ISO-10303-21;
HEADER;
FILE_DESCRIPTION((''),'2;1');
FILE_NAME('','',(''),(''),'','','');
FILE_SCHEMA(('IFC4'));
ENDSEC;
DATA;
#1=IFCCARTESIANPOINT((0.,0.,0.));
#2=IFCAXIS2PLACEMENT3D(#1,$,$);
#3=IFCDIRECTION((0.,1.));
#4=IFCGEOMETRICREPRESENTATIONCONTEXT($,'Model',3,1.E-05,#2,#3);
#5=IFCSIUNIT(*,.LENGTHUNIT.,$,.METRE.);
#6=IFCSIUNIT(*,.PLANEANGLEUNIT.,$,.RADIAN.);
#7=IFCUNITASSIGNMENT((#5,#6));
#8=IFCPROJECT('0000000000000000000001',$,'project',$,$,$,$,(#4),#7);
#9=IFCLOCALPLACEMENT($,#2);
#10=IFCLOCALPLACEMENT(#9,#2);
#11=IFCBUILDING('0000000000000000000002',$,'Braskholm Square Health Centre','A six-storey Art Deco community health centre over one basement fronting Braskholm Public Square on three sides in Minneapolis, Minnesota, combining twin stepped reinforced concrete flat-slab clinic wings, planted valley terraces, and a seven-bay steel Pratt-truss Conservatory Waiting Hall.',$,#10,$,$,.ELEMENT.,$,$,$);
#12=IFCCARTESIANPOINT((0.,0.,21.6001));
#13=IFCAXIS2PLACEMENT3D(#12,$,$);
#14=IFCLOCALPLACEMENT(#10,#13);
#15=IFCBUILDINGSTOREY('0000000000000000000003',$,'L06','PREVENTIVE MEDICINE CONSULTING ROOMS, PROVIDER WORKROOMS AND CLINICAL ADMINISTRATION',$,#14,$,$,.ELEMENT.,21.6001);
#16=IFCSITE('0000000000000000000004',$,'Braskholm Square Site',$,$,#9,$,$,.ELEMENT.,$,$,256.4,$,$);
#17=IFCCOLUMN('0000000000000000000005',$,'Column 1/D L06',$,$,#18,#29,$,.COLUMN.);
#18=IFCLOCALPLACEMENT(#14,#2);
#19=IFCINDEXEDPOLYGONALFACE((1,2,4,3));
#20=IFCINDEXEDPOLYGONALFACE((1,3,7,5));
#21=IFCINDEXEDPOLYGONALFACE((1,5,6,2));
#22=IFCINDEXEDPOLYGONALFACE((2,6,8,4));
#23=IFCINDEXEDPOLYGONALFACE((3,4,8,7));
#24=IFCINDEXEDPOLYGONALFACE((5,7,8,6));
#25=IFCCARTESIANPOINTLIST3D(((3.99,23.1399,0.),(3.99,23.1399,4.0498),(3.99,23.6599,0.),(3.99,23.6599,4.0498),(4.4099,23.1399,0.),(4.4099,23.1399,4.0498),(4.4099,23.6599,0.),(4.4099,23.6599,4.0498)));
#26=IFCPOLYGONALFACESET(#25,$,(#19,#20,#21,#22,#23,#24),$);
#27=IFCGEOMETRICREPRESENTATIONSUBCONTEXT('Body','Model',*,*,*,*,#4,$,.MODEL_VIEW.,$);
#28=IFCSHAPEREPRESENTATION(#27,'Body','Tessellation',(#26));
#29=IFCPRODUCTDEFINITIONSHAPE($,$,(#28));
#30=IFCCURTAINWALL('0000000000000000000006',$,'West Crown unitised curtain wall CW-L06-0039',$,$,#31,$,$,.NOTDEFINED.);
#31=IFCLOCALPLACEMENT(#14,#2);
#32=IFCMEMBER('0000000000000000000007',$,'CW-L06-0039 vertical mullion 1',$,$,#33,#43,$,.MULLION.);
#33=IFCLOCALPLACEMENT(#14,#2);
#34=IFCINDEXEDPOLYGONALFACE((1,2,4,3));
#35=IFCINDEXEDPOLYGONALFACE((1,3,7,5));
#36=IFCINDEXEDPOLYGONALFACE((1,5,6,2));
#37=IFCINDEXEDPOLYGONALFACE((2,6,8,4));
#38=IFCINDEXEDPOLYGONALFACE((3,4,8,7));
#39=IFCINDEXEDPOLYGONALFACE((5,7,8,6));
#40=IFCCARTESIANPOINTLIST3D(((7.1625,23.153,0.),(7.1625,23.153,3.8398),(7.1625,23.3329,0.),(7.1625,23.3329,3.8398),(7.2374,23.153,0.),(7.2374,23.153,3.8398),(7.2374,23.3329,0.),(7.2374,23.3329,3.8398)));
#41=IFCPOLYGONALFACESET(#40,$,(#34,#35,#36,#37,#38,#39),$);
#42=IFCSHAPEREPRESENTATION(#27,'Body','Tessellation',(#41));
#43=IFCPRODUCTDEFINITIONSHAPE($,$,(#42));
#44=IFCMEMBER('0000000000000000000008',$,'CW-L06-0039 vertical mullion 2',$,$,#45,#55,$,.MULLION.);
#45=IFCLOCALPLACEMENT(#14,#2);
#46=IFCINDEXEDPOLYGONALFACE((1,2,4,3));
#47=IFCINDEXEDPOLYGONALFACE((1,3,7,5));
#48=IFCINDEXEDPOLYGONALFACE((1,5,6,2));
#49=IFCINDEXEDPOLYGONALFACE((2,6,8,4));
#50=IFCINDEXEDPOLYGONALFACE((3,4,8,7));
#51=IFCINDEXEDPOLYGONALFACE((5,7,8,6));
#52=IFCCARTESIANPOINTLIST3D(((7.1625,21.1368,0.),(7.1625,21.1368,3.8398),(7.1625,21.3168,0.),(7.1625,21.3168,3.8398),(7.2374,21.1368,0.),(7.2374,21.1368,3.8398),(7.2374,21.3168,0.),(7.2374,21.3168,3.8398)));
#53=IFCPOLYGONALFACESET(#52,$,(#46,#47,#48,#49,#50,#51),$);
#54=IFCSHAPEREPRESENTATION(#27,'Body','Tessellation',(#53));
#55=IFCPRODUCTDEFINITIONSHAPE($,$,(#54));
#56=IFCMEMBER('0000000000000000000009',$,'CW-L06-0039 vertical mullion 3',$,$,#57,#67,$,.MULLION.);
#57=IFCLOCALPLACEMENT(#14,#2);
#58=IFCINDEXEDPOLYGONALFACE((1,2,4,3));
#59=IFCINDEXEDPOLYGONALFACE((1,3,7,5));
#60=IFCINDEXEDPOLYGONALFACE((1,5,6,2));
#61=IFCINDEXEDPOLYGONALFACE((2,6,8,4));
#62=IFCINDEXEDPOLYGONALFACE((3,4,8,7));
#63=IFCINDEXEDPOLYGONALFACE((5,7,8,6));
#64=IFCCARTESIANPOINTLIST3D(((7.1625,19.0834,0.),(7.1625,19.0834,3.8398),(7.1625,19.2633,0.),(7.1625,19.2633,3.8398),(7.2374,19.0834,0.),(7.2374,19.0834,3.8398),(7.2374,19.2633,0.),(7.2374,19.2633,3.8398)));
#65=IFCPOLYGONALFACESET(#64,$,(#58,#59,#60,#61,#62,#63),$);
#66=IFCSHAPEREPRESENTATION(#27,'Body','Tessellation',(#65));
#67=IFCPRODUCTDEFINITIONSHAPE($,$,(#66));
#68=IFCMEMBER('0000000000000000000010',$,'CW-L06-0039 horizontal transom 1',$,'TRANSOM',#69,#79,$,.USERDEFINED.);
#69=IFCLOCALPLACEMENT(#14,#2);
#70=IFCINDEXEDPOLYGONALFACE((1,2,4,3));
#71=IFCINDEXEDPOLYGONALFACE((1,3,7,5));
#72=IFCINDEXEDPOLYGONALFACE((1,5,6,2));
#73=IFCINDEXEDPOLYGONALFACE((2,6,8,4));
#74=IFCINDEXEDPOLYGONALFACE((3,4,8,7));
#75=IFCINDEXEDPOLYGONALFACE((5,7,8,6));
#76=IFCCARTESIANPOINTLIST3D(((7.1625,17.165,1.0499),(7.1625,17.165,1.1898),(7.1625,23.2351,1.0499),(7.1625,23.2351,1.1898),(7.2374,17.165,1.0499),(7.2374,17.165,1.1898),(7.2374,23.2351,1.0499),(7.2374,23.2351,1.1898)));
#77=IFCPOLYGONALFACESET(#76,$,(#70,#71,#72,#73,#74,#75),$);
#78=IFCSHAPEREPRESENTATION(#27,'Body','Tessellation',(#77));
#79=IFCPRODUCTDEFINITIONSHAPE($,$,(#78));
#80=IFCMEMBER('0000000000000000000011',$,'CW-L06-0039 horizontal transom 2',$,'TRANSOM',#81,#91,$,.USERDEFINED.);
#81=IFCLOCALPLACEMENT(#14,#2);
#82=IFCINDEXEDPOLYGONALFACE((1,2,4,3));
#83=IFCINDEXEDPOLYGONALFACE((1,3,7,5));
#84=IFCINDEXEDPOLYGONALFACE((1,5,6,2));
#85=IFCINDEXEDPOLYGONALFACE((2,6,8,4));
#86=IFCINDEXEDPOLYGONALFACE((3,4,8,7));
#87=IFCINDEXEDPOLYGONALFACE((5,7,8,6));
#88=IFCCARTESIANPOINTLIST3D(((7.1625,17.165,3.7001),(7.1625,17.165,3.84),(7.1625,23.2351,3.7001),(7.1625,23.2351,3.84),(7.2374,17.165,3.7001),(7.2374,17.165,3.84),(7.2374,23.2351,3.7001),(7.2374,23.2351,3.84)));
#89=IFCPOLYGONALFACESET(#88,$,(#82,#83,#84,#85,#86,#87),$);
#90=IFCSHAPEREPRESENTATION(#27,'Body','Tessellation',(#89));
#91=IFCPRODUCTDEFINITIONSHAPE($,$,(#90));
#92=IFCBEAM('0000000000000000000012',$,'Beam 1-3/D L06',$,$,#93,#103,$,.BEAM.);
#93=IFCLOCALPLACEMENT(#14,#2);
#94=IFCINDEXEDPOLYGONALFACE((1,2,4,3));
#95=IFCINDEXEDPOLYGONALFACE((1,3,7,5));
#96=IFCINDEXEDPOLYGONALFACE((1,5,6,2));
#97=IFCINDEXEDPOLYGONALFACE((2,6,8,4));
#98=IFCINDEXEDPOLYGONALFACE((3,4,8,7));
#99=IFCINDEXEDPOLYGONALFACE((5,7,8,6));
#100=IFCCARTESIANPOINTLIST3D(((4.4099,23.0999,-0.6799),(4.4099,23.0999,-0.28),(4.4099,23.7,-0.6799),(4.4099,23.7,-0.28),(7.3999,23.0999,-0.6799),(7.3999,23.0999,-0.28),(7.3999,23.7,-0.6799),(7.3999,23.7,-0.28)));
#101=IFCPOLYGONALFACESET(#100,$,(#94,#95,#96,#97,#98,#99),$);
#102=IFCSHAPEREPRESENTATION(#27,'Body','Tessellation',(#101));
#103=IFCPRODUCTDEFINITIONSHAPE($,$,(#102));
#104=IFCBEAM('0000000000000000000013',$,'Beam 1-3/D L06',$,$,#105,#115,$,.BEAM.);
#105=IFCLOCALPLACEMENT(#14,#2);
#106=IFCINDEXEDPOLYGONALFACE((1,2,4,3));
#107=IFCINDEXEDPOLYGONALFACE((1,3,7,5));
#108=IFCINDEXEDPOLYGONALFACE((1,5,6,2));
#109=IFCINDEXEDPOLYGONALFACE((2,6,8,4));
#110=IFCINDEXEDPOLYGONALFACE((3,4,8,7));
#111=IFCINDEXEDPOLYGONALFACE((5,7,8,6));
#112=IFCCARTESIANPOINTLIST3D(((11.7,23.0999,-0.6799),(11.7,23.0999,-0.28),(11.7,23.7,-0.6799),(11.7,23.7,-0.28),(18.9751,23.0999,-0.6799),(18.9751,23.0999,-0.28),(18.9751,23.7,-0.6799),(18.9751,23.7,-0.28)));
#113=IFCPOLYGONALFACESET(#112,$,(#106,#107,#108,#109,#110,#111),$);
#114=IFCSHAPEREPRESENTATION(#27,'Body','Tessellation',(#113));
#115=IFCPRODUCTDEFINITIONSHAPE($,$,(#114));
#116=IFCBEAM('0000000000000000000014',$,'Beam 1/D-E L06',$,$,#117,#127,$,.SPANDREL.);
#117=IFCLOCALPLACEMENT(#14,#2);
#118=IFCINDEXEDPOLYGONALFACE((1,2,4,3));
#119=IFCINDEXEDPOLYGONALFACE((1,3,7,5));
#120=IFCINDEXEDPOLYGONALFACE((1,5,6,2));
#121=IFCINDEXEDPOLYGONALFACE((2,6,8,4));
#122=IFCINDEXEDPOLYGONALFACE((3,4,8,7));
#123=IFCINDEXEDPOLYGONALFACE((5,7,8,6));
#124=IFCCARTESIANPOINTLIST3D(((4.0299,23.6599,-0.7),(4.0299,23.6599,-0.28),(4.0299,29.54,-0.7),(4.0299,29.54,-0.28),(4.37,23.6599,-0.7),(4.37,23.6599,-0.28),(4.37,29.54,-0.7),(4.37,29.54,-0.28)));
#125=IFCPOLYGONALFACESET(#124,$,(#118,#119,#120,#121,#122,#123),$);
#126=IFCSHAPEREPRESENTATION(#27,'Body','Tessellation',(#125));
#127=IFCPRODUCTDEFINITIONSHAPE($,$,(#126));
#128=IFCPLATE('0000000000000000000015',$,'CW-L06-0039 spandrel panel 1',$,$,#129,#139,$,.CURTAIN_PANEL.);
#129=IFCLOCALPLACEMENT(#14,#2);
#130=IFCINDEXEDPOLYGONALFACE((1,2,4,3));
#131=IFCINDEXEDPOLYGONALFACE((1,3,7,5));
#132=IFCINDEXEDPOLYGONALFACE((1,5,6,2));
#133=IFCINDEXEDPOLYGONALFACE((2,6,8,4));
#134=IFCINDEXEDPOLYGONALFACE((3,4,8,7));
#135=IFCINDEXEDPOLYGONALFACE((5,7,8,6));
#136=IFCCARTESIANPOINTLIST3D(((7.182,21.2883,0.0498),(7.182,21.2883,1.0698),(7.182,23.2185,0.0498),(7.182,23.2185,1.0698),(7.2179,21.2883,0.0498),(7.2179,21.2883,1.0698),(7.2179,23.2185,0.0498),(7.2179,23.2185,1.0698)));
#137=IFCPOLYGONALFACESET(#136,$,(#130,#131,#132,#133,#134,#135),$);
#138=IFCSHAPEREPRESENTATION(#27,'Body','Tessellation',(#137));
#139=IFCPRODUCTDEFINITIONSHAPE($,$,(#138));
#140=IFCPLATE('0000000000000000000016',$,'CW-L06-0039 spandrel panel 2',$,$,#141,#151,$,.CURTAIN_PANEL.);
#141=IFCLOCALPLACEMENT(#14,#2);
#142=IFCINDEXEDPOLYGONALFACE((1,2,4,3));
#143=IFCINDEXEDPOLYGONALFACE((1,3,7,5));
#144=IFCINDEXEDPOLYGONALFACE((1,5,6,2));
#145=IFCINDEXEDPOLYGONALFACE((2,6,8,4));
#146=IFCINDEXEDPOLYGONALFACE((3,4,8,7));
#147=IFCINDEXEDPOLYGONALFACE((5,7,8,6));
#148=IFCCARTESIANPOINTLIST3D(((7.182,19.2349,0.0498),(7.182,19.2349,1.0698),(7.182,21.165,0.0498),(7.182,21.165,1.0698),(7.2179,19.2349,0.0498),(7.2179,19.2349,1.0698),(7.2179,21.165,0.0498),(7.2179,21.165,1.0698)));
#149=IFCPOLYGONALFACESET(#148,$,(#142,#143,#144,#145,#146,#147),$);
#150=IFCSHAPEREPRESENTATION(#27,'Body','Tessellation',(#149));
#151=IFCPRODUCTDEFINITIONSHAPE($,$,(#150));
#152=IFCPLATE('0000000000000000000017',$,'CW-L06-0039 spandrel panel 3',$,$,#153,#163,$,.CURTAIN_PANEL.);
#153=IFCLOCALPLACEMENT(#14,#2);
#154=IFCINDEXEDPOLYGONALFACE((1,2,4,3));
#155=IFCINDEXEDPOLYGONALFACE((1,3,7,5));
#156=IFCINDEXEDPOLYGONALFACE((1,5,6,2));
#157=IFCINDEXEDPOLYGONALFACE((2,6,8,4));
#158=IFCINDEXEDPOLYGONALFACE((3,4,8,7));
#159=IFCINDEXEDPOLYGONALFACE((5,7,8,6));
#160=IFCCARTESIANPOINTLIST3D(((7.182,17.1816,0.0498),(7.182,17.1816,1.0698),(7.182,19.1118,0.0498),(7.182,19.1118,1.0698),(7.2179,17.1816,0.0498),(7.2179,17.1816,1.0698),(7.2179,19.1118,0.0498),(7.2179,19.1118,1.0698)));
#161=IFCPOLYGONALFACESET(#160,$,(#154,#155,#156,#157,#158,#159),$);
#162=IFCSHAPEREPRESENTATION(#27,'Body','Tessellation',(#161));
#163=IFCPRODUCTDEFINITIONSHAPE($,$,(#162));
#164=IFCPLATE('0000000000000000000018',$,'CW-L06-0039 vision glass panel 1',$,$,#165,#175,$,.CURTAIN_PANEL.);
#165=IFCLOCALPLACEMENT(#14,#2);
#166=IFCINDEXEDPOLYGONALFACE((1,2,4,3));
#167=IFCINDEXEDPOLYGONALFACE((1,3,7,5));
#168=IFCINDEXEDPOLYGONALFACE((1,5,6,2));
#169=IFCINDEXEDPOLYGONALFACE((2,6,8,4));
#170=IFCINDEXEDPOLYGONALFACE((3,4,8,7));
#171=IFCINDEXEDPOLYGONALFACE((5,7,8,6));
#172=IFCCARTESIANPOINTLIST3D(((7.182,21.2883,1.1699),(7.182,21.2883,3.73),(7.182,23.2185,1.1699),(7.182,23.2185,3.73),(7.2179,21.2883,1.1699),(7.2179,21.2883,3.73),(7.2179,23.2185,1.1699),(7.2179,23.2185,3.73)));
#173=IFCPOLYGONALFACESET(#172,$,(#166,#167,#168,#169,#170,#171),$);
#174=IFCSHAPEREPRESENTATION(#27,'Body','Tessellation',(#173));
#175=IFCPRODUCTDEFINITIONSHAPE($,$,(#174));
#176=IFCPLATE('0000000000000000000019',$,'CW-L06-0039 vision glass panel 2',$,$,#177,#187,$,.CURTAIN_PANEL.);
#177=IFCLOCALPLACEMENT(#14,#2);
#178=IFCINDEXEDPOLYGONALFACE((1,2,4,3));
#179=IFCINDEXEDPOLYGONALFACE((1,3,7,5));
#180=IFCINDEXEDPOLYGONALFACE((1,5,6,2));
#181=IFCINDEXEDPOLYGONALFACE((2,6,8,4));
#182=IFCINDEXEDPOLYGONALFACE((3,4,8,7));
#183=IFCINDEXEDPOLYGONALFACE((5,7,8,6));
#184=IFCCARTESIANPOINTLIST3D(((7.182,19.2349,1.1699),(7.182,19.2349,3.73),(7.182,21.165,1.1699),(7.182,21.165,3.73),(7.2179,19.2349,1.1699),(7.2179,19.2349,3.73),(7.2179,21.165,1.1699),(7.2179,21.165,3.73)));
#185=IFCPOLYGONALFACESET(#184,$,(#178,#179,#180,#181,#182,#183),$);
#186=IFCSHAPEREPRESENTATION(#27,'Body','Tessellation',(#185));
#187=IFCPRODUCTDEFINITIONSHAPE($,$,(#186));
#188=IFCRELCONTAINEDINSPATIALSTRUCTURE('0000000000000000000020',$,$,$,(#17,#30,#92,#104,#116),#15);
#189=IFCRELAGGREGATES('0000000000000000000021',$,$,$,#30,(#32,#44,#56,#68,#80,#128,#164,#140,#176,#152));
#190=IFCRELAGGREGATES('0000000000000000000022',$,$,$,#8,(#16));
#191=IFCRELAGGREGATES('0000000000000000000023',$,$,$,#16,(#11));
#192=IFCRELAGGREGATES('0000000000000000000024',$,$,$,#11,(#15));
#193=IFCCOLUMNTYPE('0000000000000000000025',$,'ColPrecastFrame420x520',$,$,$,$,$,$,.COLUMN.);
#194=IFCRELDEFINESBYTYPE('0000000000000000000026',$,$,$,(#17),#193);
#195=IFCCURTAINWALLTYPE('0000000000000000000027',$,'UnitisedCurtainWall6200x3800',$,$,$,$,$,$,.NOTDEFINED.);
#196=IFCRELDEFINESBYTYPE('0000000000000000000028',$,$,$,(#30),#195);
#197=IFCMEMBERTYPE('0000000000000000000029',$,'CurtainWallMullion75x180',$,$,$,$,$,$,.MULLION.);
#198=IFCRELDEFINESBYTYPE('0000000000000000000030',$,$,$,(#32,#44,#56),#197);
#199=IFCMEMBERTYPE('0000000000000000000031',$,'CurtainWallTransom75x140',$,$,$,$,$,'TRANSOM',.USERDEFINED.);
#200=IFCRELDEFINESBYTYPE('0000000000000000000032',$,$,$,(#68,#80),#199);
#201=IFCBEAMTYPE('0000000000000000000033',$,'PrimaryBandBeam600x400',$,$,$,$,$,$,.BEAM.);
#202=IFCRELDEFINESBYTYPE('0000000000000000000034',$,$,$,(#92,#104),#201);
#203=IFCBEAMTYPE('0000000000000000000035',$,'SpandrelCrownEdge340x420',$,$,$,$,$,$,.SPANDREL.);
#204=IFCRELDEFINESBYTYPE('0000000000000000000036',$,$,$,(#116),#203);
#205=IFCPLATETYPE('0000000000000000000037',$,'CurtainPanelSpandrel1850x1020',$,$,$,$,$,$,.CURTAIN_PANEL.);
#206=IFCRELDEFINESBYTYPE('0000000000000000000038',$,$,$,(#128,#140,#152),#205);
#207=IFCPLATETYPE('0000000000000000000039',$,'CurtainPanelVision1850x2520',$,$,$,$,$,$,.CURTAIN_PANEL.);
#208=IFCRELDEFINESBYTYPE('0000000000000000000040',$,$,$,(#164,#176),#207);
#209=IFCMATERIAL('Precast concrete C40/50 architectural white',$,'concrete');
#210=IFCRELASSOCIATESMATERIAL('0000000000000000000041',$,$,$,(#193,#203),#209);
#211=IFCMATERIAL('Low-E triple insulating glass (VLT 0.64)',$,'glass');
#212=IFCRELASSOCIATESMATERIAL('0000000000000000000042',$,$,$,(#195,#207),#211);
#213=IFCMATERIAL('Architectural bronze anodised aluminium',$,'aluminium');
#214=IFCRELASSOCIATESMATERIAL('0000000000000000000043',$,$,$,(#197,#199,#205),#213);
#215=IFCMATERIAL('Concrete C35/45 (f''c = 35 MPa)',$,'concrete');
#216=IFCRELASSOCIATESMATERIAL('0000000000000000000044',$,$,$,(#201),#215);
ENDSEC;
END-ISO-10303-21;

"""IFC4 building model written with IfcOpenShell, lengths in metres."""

from ifc_helpers import new_model, si_unit, direction, frame, origin, origin_2d, place, context, subcontext, project, spatial, rectangle, extrude, material, material_profile, profile_set, type_object, element, aggregate, save


model = new_model("IFC4")

# Units and contexts
model_context = context("Model", 3, precision=1e-05, world=origin(), true_north=direction((0.0, 1.0)))
body_context = subcontext(model_context, "Body", "Model", "MODEL_VIEW")
ifc_project = project(units=[si_unit("LENGTHUNIT", "METRE"), si_unit("PLANEANGLEUNIT", "RADIAN")], contexts=[model_context])

# Site, building, storey
site_placement = place(None, origin())
site = spatial("IfcSite", under=ifc_project, at=site_placement, Name="Braskholm Square Site", CompositionType="ELEMENT", RefElevation=256.4)
building_placement = place(site_placement, origin())
building = spatial("IfcBuilding", under=site, at=building_placement, Name="Braskholm Square Health Centre", Description="A six-storey Art Deco community health centre over one basement fronting Braskholm Public Square on three sides in Minneapolis, Minnesota, combining twin stepped reinforced concrete flat-slab clinic wings, planted valley terraces, and a seven-bay steel Pratt-truss Conservatory Waiting Hall.", CompositionType="ELEMENT")
storey_placement = place(building_placement, frame((0.0, 0.0, 21.6001)))
storey = spatial("IfcBuildingStorey", under=building, at=storey_placement, Name="L06", Description="PREVENTIVE MEDICINE CONSULTING ROOMS, PROVIDER WORKROOMS AND CLINICAL ADMINISTRATION", CompositionType="ELEMENT", Elevation=21.6001)

# Column
ifc_material_1 = material(Name="Precast concrete C40/50 architectural white", Category="concrete")
ifc_material_profile_1 = material_profile(ifc_material_1, rectangle(XDim=0.4199, YDim=0.52, at=origin_2d()), Name="RC-420X520")
ifc_profile_set_1 = profile_set([ifc_material_profile_1], Name="Precast concrete C40/50 architectural white")
column_type = type_object("IfcColumnType", Name="ColPrecastFrame420x520", PredefinedType="COLUMN", material=ifc_profile_set_1)
column_placement = place(storey_placement, frame((4.2, 23.3999, 0.0), z_axis=(0.0, 0.0, 1.0), x_axis=(1.0, 0.0, 0.0)))
element("IfcColumn", 1, at=column_placement, inside=storey, type_object=column_type, Name="Column 1/D L06", PredefinedType="COLUMN", context=body_context, shape_type="SweptSolid", body=[
    extrude(rectangle(XDim=0.4199, YDim=0.52, at=origin_2d()), origin(), (0.0, 0.0, 1.0), 4.0498),
])

# Curtain wall, members
ifc_material_2 = material(Name="Low-E triple insulating glass (VLT 0.64)", Category="glass")
curtain_wall_type = type_object("IfcCurtainWallType", Name="UnitisedCurtainWall6200x3800", PredefinedType="NOTDEFINED", material=ifc_material_2)
curtain_wall_placement = place(storey_placement, origin())
curtain_wall = element("IfcCurtainWall", 2, at=curtain_wall_placement, inside=storey, type_object=curtain_wall_type, Name="West Crown unitised curtain wall CW-L06-0039", PredefinedType="NOTDEFINED")
ifc_material_3 = material(Name="Architectural bronze anodised aluminium", Category="aluminium")
ifc_material_profile_2 = material_profile(ifc_material_3, rectangle(XDim=0.075, YDim=0.1799, at=origin_2d()), Name="ALU-75X180")
ifc_profile_set_2 = profile_set([ifc_material_profile_2], Name="Architectural bronze anodised aluminium")
member_type_1 = type_object("IfcMemberType", Name="CurtainWallMullion75x180", PredefinedType="MULLION", material=ifc_profile_set_2)
member_1_placement = place(storey_placement, frame((7.2, 23.2429, 0.0), z_axis=(0.0, 0.0, 1.0), x_axis=(1.0, 0.0, 0.0)))
member_1 = element("IfcMember", 3, at=member_1_placement, type_object=member_type_1, Name="CW-L06-0039 vertical mullion 1", PredefinedType="MULLION", context=body_context, shape_type="SweptSolid", body=[
    extrude(rectangle(XDim=0.075, YDim=0.1799, at=origin_2d()), origin(), (0.0, 0.0, 1.0), 3.8398),
])
member_2_placement = place(storey_placement, frame((7.2, 21.2268, 0.0), z_axis=(0.0, 0.0, 1.0), x_axis=(1.0, 0.0, 0.0)))
member_2 = element("IfcMember", 4, at=member_2_placement, type_object=member_type_1, Name="CW-L06-0039 vertical mullion 2", PredefinedType="MULLION", context=body_context, shape_type="SweptSolid", body=[
    extrude(rectangle(XDim=0.075, YDim=0.1799, at=origin_2d()), origin(), (0.0, 0.0, 1.0), 3.8398),
])
member_3_placement = place(storey_placement, frame((7.2, 19.1733, 0.0), z_axis=(0.0, 0.0, 1.0), x_axis=(1.0, 0.0, 0.0)))
member_3 = element("IfcMember", 5, at=member_3_placement, type_object=member_type_1, Name="CW-L06-0039 vertical mullion 3", PredefinedType="MULLION", context=body_context, shape_type="SweptSolid", body=[
    extrude(rectangle(XDim=0.075, YDim=0.1799, at=origin_2d()), origin(), (0.0, 0.0, 1.0), 3.8398),
])
ifc_material_profile_3 = material_profile(ifc_material_3, rectangle(XDim=0.075, YDim=0.1399, at=origin_2d()), Name="ALU-75X140")
ifc_profile_set_3 = profile_set([ifc_material_profile_3], Name="Architectural bronze anodised aluminium")
member_type_2 = type_object("IfcMemberType", Name="CurtainWallTransom75x140", ElementType="TRANSOM", PredefinedType="USERDEFINED", material=ifc_profile_set_3)
member_4_placement = place(storey_placement, frame((7.2, 23.2351, 1.1199), z_axis=(0.0, -1.0, 0.0), x_axis=(1.0, 0.0, 0.0)))
member_4 = element("IfcMember", 6, at=member_4_placement, type_object=member_type_2, Name="CW-L06-0039 horizontal transom 1", ObjectType="TRANSOM", PredefinedType="USERDEFINED", context=body_context, shape_type="SweptSolid", body=[
    extrude(rectangle(XDim=0.075, YDim=0.1399, at=origin_2d()), origin(), (0.0, 0.0, 1.0), 6.0701),
])
member_5_placement = place(storey_placement, frame((7.2, 23.2351, 3.77), z_axis=(0.0, -1.0, 0.0), x_axis=(1.0, 0.0, 0.0)))
member_5 = element("IfcMember", 7, at=member_5_placement, type_object=member_type_2, Name="CW-L06-0039 horizontal transom 2", ObjectType="TRANSOM", PredefinedType="USERDEFINED", context=body_context, shape_type="SweptSolid", body=[
    extrude(rectangle(XDim=0.075, YDim=0.1399, at=origin_2d()), origin(), (0.0, 0.0, 1.0), 6.0701),
])

# Beams
ifc_material_4 = material(Name="Concrete C35/45 (f'c = 35 MPa)", Category="concrete")
ifc_material_profile_4 = material_profile(ifc_material_4, rectangle(XDim=0.6001, YDim=0.3999, at=origin_2d()), Name="RCB-600X400")
ifc_profile_set_4 = profile_set([ifc_material_profile_4], Name="Concrete C35/45 (f'c = 35 MPa)")
beam_type_1 = type_object("IfcBeamType", Name="PrimaryBandBeam600x400", PredefinedType="BEAM", material=ifc_profile_set_4)
beam_1_placement = place(storey_placement, frame((4.4099, 23.3999, -0.48), z_axis=(1.0, 0.0, 0.0), x_axis=(0.0, 1.0, 0.0)))
element("IfcBeam", 8, at=beam_1_placement, inside=storey, type_object=beam_type_1, Name="Beam 1-3/D L06", PredefinedType="BEAM", context=body_context, shape_type="SweptSolid", body=[
    extrude(rectangle(XDim=0.6001, YDim=0.3999, at=origin_2d()), origin(), (0.0, 0.0, 1.0), 2.99),
])
beam_2_placement = place(storey_placement, frame((11.7, 23.3999, -0.48), z_axis=(1.0, 0.0, 0.0), x_axis=(0.0, 1.0, 0.0)))
element("IfcBeam", 9, at=beam_2_placement, inside=storey, type_object=beam_type_1, Name="Beam 1-3/D L06", PredefinedType="BEAM", context=body_context, shape_type="SweptSolid", body=[
    extrude(rectangle(XDim=0.6001, YDim=0.3999, at=origin_2d()), origin(), (0.0, 0.0, 1.0), 7.2751),
])
ifc_material_profile_5 = material_profile(ifc_material_1, rectangle(XDim=0.3401, YDim=0.4199, at=origin_2d()), Name="RCB-340X420")
ifc_profile_set_5 = profile_set([ifc_material_profile_5], Name="Precast concrete C40/50 architectural white")
beam_type_2 = type_object("IfcBeamType", Name="SpandrelCrownEdge340x420", PredefinedType="SPANDREL", material=ifc_profile_set_5)
beam_3_placement = place(storey_placement, frame((4.2, 23.6599, -0.49), z_axis=(0.0, 1.0, 0.0), x_axis=(-1.0, 0.0, 0.0)))
element("IfcBeam", 10, at=beam_3_placement, inside=storey, type_object=beam_type_2, Name="Beam 1/D-E L06", PredefinedType="SPANDREL", context=body_context, shape_type="SweptSolid", body=[
    extrude(rectangle(XDim=0.3401, YDim=0.4199, at=origin_2d()), origin(), (0.0, 0.0, 1.0), 5.8801),
])

# Plates
plate_type_1 = type_object("IfcPlateType", Name="CurtainPanelSpandrel1850x1020", PredefinedType="CURTAIN_PANEL", material=ifc_material_3)
plate_1_placement = place(storey_placement, frame((7.2, 22.2534, 0.0498), z_axis=(0.0, 0.0, 1.0), x_axis=(0.0, -1.0, 0.0)))
plate_1 = element("IfcPlate", 11, at=plate_1_placement, type_object=plate_type_1, Name="CW-L06-0039 spandrel panel 1", PredefinedType="CURTAIN_PANEL", context=body_context, shape_type="SweptSolid", body=[
    extrude(rectangle(XDim=1.9302, YDim=0.0359, at=origin_2d()), origin(), (0.0, 0.0, 1.0), 1.02),
])
plate_2_placement = place(storey_placement, frame((7.2, 20.2, 0.0498), z_axis=(0.0, 0.0, 1.0), x_axis=(0.0, -1.0, 0.0)))
plate_2 = element("IfcPlate", 12, at=plate_2_placement, type_object=plate_type_1, Name="CW-L06-0039 spandrel panel 2", PredefinedType="CURTAIN_PANEL", context=body_context, shape_type="SweptSolid", body=[
    extrude(rectangle(XDim=1.9302, YDim=0.0359, at=origin_2d()), origin(), (0.0, 0.0, 1.0), 1.02),
])
plate_3_placement = place(storey_placement, frame((7.2, 18.1467, 0.0498), z_axis=(0.0, 0.0, 1.0), x_axis=(0.0, -1.0, 0.0)))
plate_3 = element("IfcPlate", 13, at=plate_3_placement, type_object=plate_type_1, Name="CW-L06-0039 spandrel panel 3", PredefinedType="CURTAIN_PANEL", context=body_context, shape_type="SweptSolid", body=[
    extrude(rectangle(XDim=1.9302, YDim=0.0359, at=origin_2d()), origin(), (0.0, 0.0, 1.0), 1.02),
])
plate_type_2 = type_object("IfcPlateType", Name="CurtainPanelVision1850x2520", PredefinedType="CURTAIN_PANEL", material=ifc_material_2)
plate_4_placement = place(storey_placement, frame((7.2, 22.2534, 1.1699), z_axis=(0.0, 0.0, 1.0), x_axis=(0.0, -1.0, 0.0)))
plate_4 = element("IfcPlate", 14, at=plate_4_placement, type_object=plate_type_2, Name="CW-L06-0039 vision glass panel 1", PredefinedType="CURTAIN_PANEL", context=body_context, shape_type="SweptSolid", body=[
    extrude(rectangle(XDim=1.9302, YDim=0.0359, at=origin_2d()), origin(), (0.0, 0.0, 1.0), 2.5601),
])
plate_5_placement = place(storey_placement, frame((7.2, 20.2, 1.1699), z_axis=(0.0, 0.0, 1.0), x_axis=(0.0, -1.0, 0.0)))
plate_5 = element("IfcPlate", 15, at=plate_5_placement, type_object=plate_type_2, Name="CW-L06-0039 vision glass panel 2", PredefinedType="CURTAIN_PANEL", context=body_context, shape_type="SweptSolid", body=[
    extrude(rectangle(XDim=1.9302, YDim=0.0359, at=origin_2d()), origin(), (0.0, 0.0, 1.0), 2.5601),
])
aggregate(curtain_wall, [member_1, member_2, member_3, member_4, member_5, plate_1, plate_4, plate_2, plate_5, plate_3])

save(model, "model.ifc")
